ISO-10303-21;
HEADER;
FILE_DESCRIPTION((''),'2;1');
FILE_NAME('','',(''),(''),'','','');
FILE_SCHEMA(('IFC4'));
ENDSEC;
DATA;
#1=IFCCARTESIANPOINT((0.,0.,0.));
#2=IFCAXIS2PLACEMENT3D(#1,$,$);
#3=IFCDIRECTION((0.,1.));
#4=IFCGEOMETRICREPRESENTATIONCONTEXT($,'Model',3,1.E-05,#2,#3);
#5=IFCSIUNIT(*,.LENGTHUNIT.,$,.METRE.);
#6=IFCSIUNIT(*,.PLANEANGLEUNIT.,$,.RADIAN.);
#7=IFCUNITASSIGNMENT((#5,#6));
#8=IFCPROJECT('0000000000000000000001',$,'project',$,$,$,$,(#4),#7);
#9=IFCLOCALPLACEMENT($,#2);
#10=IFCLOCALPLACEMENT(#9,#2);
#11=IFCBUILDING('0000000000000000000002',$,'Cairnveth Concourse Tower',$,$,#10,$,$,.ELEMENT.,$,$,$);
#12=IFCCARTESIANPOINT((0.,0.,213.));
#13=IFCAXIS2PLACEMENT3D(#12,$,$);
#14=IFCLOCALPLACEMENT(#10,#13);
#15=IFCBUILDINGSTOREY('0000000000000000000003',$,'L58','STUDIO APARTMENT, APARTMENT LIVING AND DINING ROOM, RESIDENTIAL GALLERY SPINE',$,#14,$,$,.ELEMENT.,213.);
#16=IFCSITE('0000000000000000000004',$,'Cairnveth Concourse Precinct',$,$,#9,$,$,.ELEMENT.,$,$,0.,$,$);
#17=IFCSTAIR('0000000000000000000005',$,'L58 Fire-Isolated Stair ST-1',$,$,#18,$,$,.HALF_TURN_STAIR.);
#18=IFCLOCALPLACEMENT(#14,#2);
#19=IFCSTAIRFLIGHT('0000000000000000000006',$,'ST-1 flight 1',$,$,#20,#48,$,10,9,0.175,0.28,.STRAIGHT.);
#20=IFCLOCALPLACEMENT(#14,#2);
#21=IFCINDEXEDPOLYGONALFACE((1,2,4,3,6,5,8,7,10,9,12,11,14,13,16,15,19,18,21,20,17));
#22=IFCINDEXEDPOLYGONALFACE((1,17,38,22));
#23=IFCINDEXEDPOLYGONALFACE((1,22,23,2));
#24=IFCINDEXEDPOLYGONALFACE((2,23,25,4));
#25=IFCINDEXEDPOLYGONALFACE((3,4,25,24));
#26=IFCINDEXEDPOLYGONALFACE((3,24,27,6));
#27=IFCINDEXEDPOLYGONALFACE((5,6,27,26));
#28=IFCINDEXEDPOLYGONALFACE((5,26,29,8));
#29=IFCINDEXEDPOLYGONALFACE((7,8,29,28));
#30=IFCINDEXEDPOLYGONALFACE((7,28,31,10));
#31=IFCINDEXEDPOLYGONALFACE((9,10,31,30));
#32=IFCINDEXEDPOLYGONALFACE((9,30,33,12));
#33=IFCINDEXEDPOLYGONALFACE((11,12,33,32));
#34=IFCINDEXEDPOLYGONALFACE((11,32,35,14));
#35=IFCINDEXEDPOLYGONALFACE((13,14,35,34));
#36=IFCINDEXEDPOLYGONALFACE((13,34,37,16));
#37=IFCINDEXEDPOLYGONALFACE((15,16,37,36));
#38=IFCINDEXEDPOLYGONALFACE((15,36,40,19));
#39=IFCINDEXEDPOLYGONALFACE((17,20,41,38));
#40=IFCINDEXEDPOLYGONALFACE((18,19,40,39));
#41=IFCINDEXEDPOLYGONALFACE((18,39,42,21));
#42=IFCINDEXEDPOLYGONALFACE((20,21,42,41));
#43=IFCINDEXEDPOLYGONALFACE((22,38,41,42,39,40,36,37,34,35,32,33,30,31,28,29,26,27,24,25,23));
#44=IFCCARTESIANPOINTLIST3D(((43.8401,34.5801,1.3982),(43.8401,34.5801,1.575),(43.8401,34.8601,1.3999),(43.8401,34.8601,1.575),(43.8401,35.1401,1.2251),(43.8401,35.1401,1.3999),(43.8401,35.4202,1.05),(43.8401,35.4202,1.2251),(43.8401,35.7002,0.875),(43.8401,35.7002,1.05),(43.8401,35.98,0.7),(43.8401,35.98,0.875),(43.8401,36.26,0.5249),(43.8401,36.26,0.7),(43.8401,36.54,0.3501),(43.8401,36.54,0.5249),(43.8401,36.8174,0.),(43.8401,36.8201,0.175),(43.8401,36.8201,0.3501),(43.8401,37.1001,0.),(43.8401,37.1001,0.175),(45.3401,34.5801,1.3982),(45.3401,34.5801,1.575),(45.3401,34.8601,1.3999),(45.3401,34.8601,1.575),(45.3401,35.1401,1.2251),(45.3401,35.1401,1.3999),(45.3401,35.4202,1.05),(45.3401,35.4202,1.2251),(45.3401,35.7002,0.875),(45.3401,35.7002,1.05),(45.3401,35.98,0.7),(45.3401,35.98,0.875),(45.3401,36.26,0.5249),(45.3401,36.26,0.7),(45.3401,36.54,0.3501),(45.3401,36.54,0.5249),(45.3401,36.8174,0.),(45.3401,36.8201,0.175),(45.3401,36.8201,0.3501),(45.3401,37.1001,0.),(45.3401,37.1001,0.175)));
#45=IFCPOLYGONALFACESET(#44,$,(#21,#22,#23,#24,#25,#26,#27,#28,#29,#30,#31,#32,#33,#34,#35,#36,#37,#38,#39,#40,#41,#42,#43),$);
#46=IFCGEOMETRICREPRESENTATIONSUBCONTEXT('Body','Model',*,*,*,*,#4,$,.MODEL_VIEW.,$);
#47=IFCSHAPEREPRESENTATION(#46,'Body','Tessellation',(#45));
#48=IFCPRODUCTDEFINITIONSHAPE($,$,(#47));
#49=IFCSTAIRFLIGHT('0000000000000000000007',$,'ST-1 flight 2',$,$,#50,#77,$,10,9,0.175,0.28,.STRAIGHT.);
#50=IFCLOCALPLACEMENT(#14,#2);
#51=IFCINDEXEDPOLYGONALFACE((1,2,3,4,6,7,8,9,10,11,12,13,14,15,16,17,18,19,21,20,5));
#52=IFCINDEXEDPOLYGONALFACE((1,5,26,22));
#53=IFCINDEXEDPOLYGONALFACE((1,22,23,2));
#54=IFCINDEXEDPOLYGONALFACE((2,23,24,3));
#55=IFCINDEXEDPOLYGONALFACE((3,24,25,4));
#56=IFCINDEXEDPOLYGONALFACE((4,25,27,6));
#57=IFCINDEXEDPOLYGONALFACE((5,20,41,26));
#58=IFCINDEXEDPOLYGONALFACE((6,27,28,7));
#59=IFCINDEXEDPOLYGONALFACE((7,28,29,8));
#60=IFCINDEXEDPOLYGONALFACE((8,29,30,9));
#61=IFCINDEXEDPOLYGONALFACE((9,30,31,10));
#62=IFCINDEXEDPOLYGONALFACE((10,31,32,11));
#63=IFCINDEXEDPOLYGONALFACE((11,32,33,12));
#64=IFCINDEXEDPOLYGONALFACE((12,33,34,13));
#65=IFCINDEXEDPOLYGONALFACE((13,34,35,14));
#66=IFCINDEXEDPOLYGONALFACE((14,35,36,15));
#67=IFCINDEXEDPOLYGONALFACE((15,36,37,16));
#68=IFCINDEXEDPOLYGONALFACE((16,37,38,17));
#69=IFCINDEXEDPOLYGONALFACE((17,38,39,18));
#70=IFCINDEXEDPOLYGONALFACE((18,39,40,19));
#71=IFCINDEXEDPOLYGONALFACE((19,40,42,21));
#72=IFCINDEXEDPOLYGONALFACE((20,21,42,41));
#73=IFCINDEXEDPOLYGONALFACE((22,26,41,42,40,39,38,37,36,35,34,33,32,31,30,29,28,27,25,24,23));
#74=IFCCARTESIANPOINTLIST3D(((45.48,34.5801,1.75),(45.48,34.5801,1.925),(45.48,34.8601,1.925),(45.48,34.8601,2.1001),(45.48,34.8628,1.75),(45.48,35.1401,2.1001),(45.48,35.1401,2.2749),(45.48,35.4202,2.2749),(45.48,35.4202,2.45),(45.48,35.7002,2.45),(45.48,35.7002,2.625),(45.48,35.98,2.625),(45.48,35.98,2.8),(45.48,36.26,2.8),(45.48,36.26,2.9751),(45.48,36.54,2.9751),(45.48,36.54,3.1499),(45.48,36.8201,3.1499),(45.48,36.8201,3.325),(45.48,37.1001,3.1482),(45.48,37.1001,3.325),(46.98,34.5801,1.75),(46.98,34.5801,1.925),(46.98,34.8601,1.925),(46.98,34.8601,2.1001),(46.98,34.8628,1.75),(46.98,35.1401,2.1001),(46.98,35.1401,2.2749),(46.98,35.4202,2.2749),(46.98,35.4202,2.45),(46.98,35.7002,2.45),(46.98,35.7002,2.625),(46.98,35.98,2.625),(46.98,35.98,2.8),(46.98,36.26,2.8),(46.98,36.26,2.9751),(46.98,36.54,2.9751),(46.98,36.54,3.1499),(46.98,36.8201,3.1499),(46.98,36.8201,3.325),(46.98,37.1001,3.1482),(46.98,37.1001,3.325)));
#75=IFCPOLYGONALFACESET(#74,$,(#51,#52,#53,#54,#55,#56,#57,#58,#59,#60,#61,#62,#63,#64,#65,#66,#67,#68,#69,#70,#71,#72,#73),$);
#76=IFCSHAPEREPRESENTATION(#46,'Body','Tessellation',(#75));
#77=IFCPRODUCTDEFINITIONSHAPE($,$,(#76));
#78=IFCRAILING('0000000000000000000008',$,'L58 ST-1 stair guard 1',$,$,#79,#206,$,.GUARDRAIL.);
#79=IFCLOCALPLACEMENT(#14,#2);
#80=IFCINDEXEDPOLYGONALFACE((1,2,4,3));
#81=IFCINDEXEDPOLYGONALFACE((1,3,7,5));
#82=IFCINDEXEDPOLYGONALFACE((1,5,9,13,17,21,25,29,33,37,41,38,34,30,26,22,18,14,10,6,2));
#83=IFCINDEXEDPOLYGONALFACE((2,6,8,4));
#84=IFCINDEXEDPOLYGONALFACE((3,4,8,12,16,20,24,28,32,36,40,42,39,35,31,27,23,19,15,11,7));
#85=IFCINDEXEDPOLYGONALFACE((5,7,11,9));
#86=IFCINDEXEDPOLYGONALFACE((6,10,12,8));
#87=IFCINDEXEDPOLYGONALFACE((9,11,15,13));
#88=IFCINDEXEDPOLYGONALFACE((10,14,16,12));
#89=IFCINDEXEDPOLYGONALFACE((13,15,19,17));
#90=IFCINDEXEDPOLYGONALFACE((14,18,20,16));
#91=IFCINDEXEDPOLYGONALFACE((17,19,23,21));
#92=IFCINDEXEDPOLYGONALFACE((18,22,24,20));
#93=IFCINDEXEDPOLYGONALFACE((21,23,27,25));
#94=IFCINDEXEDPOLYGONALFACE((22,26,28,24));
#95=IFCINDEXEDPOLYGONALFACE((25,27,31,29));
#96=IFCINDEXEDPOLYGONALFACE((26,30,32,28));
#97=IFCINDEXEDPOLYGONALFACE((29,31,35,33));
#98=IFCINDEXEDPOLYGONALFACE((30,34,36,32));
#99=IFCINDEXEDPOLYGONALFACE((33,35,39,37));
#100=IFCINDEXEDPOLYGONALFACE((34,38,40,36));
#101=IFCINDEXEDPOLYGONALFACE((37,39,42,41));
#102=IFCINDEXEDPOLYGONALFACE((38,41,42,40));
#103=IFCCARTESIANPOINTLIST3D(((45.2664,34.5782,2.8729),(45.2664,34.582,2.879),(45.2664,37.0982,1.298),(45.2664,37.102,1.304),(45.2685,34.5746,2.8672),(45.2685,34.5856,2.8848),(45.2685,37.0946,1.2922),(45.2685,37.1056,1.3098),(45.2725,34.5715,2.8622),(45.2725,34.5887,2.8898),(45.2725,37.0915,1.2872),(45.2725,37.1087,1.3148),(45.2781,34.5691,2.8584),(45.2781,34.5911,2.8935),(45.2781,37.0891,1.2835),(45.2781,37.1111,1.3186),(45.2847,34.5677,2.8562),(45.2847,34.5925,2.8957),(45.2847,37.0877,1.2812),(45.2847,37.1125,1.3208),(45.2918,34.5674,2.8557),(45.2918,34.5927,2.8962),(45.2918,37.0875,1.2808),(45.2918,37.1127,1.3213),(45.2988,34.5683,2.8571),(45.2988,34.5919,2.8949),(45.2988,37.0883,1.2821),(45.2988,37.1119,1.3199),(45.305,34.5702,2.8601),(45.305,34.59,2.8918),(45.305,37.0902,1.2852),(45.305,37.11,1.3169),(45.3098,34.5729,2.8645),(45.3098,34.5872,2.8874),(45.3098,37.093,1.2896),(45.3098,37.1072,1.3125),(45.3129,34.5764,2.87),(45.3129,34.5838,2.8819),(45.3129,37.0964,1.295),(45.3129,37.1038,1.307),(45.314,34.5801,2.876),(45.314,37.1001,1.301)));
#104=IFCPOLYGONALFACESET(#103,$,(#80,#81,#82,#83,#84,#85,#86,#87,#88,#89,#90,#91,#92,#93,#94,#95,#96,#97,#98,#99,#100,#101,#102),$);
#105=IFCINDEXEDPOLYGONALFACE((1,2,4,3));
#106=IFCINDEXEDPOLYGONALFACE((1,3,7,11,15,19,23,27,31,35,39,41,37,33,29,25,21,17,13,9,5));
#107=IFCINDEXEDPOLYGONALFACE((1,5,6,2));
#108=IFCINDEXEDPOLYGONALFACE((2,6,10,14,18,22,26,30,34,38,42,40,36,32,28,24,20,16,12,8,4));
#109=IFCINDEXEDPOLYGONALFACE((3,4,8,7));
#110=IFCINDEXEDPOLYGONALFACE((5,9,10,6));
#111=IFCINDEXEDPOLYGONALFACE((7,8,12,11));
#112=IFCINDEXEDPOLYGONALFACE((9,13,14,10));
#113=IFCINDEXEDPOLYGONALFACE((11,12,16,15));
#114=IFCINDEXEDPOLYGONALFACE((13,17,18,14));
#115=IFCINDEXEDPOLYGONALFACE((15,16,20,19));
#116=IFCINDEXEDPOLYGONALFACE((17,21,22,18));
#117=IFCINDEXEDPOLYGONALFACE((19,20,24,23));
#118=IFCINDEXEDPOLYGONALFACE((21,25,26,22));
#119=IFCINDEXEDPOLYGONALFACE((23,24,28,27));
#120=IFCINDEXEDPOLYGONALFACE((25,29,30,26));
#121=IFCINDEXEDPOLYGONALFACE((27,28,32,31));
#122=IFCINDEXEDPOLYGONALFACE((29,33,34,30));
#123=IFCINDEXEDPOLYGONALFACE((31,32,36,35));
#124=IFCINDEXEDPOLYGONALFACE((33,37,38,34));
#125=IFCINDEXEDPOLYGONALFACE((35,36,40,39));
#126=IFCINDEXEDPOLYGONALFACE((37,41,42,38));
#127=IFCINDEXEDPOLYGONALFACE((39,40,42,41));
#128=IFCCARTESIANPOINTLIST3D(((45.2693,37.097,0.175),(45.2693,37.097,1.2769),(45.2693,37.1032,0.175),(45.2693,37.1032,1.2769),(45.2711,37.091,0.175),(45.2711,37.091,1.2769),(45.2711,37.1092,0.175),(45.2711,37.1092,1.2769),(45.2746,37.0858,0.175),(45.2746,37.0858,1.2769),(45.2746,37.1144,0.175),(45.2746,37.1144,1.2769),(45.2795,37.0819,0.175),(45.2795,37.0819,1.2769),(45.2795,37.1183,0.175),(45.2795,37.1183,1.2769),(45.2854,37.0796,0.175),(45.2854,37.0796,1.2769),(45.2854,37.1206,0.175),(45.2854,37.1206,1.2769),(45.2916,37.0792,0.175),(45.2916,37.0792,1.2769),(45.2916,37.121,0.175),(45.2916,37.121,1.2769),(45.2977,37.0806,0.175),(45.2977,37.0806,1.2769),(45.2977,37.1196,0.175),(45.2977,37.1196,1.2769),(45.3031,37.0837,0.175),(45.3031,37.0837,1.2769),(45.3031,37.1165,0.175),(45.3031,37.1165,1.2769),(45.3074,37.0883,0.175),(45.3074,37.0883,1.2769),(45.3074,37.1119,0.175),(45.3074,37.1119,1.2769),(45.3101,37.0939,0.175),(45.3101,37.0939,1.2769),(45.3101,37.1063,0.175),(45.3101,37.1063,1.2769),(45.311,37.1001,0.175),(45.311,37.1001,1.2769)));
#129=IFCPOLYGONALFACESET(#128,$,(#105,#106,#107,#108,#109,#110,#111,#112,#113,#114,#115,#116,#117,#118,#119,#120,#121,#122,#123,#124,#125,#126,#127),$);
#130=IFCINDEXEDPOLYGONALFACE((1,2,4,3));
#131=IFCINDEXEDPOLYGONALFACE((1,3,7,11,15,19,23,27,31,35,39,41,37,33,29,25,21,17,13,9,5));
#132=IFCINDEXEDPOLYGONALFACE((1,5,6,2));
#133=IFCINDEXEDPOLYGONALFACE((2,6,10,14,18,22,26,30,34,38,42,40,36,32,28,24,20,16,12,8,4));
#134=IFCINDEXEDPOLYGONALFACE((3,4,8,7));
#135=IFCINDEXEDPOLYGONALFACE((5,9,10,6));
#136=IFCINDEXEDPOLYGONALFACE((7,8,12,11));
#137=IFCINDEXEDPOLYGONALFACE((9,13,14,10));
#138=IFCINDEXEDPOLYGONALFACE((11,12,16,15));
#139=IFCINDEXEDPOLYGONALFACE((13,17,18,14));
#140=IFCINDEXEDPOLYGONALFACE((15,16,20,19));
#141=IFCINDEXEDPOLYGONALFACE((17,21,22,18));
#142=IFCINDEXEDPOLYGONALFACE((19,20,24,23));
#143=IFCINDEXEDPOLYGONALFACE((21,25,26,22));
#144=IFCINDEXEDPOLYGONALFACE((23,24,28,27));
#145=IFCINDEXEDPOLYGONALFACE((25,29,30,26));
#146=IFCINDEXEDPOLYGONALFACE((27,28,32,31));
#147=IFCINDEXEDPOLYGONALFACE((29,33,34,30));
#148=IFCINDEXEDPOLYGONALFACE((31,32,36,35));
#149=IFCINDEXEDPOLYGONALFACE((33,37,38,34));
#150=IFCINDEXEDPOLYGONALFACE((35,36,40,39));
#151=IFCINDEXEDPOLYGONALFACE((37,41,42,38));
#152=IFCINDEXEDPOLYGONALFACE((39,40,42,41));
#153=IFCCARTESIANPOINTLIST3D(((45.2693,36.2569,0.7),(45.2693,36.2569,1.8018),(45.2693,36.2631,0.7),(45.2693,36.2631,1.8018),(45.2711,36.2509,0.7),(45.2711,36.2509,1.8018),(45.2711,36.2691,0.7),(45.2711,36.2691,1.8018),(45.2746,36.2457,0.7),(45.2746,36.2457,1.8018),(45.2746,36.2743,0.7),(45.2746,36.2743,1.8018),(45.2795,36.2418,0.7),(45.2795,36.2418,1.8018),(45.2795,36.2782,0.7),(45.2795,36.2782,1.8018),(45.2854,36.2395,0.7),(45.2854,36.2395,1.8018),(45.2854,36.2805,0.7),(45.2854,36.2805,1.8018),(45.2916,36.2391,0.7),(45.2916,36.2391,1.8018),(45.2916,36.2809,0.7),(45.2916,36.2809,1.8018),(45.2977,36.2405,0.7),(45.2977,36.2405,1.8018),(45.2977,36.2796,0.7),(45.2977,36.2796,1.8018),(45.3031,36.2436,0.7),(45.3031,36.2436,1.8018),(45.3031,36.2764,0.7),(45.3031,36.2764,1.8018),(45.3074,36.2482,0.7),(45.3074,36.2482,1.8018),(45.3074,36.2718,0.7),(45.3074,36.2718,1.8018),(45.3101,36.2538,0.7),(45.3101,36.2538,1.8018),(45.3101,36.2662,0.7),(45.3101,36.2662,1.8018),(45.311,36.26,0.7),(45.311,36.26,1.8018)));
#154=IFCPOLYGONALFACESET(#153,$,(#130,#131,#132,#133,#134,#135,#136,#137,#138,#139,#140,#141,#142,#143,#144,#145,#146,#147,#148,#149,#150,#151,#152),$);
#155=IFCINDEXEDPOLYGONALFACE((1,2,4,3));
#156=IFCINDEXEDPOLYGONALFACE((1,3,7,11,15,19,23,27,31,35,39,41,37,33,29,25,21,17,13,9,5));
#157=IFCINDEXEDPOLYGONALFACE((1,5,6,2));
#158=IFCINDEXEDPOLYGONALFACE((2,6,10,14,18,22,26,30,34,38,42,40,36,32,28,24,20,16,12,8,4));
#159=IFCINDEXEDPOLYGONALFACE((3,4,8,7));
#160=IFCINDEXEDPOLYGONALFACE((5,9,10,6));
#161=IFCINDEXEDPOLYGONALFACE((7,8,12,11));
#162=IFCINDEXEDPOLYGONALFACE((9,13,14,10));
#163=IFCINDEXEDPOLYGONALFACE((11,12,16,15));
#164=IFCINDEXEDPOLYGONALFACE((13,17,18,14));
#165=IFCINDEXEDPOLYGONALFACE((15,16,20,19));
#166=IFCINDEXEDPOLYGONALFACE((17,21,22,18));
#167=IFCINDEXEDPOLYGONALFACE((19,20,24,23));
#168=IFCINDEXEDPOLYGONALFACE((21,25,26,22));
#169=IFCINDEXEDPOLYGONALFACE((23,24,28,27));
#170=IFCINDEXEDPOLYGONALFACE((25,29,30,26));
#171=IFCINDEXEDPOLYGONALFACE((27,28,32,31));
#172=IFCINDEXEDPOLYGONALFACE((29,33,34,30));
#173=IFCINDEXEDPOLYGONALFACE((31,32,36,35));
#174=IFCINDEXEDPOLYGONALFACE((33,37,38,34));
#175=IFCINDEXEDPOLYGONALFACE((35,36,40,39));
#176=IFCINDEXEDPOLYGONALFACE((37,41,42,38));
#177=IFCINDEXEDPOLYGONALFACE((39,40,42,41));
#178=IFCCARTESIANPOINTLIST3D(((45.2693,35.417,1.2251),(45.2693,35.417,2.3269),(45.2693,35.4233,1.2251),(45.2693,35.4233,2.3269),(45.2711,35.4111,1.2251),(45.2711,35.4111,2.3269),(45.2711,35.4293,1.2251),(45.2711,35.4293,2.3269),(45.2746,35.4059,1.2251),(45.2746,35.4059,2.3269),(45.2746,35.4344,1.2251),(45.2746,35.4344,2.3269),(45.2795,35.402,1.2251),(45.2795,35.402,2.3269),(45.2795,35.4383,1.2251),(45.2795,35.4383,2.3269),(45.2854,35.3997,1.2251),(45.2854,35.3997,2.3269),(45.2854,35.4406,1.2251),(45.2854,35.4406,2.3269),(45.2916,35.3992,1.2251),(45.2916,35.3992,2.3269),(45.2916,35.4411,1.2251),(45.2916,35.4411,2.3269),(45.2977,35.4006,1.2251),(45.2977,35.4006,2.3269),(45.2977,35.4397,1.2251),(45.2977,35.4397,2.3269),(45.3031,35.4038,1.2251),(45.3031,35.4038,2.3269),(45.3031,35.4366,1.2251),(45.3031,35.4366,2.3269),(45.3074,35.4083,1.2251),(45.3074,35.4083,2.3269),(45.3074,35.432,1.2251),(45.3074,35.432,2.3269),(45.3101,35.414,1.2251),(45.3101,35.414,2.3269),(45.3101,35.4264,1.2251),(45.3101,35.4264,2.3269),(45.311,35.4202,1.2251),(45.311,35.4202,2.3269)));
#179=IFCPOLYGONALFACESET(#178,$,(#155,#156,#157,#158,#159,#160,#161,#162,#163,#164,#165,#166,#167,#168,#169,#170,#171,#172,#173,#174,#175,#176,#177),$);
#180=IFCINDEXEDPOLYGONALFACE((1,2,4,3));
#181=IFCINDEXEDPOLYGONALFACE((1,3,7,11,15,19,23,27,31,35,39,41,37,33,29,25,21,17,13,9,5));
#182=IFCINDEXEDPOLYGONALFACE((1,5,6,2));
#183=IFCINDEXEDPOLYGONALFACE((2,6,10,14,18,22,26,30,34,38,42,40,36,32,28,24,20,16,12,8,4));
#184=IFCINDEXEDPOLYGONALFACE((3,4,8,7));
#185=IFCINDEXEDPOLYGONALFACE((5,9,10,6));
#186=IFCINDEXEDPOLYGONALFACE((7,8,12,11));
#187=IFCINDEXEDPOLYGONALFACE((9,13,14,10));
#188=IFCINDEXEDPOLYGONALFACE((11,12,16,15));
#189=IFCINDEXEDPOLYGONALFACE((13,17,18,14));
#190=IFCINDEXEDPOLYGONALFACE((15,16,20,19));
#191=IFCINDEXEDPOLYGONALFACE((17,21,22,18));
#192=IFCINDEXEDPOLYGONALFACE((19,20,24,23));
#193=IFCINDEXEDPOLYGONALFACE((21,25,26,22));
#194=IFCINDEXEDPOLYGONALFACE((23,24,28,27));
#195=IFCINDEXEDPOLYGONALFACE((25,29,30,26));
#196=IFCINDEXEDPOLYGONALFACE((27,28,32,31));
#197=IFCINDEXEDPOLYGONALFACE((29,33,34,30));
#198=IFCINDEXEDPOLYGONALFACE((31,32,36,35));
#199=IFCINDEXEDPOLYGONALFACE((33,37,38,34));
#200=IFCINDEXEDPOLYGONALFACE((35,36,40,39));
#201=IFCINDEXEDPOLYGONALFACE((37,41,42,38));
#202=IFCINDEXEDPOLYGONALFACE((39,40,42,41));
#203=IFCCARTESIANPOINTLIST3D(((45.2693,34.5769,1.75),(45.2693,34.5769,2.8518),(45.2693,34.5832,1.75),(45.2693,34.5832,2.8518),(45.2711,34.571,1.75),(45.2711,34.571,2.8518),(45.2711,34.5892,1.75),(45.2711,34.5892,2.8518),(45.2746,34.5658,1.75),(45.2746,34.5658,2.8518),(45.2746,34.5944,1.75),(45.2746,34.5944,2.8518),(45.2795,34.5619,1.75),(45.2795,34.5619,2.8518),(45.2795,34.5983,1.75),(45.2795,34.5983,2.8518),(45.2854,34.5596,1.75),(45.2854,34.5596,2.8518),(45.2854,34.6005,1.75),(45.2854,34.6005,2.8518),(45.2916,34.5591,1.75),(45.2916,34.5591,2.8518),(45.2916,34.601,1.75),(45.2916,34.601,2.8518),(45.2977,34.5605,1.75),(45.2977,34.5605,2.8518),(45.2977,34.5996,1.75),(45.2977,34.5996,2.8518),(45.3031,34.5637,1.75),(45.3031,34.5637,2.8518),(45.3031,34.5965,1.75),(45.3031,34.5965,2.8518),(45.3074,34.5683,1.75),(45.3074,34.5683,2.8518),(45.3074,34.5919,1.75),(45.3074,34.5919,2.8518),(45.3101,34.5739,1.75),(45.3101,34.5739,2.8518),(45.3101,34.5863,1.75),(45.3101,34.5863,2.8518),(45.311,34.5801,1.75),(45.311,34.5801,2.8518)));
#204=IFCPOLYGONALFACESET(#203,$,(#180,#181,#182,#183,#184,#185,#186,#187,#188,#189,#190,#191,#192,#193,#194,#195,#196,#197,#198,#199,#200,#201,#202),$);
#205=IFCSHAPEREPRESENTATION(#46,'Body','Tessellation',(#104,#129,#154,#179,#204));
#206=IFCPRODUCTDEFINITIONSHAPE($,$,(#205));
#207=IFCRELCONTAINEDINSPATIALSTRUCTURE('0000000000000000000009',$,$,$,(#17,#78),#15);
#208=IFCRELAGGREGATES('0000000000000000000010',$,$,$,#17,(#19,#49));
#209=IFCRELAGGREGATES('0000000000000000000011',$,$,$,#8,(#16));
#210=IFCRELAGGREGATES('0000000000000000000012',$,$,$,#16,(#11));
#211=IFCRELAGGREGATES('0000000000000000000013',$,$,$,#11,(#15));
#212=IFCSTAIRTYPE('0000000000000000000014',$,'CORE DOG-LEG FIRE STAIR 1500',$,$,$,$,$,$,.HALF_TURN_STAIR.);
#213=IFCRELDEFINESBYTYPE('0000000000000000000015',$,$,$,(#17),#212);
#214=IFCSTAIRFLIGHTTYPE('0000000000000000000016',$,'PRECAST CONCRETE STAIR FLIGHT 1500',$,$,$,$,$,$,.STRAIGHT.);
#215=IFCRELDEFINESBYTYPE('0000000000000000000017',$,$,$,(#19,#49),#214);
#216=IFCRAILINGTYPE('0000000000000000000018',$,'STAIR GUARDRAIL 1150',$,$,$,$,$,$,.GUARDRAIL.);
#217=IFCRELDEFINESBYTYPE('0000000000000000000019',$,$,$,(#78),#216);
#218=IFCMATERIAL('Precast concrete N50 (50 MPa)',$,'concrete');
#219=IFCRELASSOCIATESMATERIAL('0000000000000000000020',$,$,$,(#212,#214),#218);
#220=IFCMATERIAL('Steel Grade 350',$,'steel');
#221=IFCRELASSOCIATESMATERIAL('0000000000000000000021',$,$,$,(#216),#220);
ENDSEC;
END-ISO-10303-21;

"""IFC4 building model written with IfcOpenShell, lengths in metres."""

from ifc_helpers import new_model, si_unit, direction, frame, origin, origin_2d, place, context, subcontext, project, spatial, polyline, circle, outline, extrude, material, type_object, element, aggregate, save


model = new_model("IFC4")

# Units and contexts
model_context = context("Model", 3, precision=1e-05, world=origin(), true_north=direction((0.0, 1.0)))
body_context = subcontext(model_context, "Body", "Model", "MODEL_VIEW")
ifc_project = project(units=[si_unit("LENGTHUNIT", "METRE"), si_unit("PLANEANGLEUNIT", "RADIAN")], contexts=[model_context])

# Site, building, storey
site_placement = place(None, origin())
site = spatial("IfcSite", under=ifc_project, at=site_placement, Name="Cairnveth Concourse Precinct", CompositionType="ELEMENT", RefElevation=0.0)
building_placement = place(site_placement, origin())
building = spatial("IfcBuilding", under=site, at=building_placement, Name="Cairnveth Concourse Tower", CompositionType="ELEMENT")
storey_placement = place(building_placement, frame((0.0, 0.0, 213.0)))
storey = spatial("IfcBuildingStorey", under=building, at=storey_placement, Name="L58", Description="STUDIO APARTMENT, APARTMENT LIVING AND DINING ROOM, RESIDENTIAL GALLERY SPINE", CompositionType="ELEMENT", Elevation=213.0)

# Stair, stair flights
ifc_material_1 = material(Name="Precast concrete N50 (50 MPa)", Category="concrete")
stair_type = type_object("IfcStairType", Name="CORE DOG-LEG FIRE STAIR 1500", PredefinedType="HALF_TURN_STAIR", material=ifc_material_1)
stair_placement = place(storey_placement, origin())
stair = element("IfcStair", 1, at=stair_placement, inside=storey, type_object=stair_type, Name="L58 Fire-Isolated Stair ST-1", PredefinedType="HALF_TURN_STAIR")
stair_flight_type = type_object("IfcStairFlightType", Name="PRECAST CONCRETE STAIR FLIGHT 1500", PredefinedType="STRAIGHT", material=ifc_material_1)
stair_flight_1_placement = place(storey_placement, frame((44.5901, 37.1001, 0.0), z_axis=(0.0, 0.0, 1.0), x_axis=(0.0, -1.0, 0.0)))
stair_flight_1 = element("IfcStairFlight", 2, at=stair_flight_1_placement, type_object=stair_flight_type, Name="ST-1 flight 1", NumberOfRisers=10, NumberOfTreads=9, PredefinedType="STRAIGHT", RiserHeight=0.175, TreadLength=0.28, context=body_context, shape_type="SweptSolid", body=[
    extrude(outline(polyline([(0.0, 0.0), (0.0, 0.175), (0.28, 0.175), (0.28, 0.3501), (0.5601, 0.3501), (0.5601, 0.5249), (0.8401, 0.5249), (0.8401, 0.7), (1.1201, 0.7), (1.1201, 0.875), (1.3999, 0.875), (1.3999, 1.05), (1.6799, 1.05), (1.6799, 1.2251), (1.96, 1.2251), (1.96, 1.3999), (2.24, 1.3999), (2.24, 1.575), (2.52, 1.575), (2.52, 1.75), (2.52, 1.3982), (0.2827, 0.0), (0.0, 0.0)])), frame((0.0, 0.75, 0.0), z_axis=(0.0, -1.0, 0.0), x_axis=(1.0, 0.0, 0.0)), (0.0, 0.0, 1.0), 1.5),
])
stair_flight_2_placement = place(storey_placement, frame((46.23, 34.5801, 1.75), z_axis=(0.0, 0.0, 1.0), x_axis=(0.0, 1.0, 0.0)))
stair_flight_2 = element("IfcStairFlight", 3, at=stair_flight_2_placement, type_object=stair_flight_type, Name="ST-1 flight 2", NumberOfRisers=10, NumberOfTreads=9, PredefinedType="STRAIGHT", RiserHeight=0.175, TreadLength=0.28, context=body_context, shape_type="SweptSolid", body=[
    extrude(outline(polyline([(0.0, 0.0), (0.0, 0.175), (0.28, 0.175), (0.28, 0.3501), (0.5601, 0.3501), (0.5601, 0.5249), (0.8401, 0.5249), (0.8401, 0.7), (1.1201, 0.7), (1.1201, 0.875), (1.3999, 0.875), (1.3999, 1.05), (1.6799, 1.05), (1.6799, 1.2251), (1.96, 1.2251), (1.96, 1.3999), (2.24, 1.3999), (2.24, 1.575), (2.52, 1.575), (2.52, 1.75), (2.52, 1.3982), (0.2827, 0.0), (0.0, 0.0)])), frame((0.0, 0.75, 0.0), z_axis=(0.0, -1.0, 0.0), x_axis=(1.0, 0.0, 0.0)), (0.0, 0.0, 1.0), 1.5),
])
aggregate(stair, [stair_flight_1, stair_flight_2])

# Railing
ifc_material_2 = material(Name="Steel Grade 350", Category="steel")
railing_type_1 = type_object("IfcRailingType", Name="STAIR GUARDRAIL 1150", PredefinedType="GUARDRAIL", material=ifc_material_2)
railing_1_placement = place(storey_placement, frame((45.29, 37.1001, 0.175)))
element("IfcRailing", 4, at=railing_1_placement, inside=storey, type_object=railing_type_1, Name="L58 ST-1 stair guard 1", PredefinedType="GUARDRAIL", context=body_context, shape_type="SweptSolid", body=[
    extrude(circle(Radius=0.0239, at=origin_2d()), frame((0.0, 0.0, 1.126), z_axis=(0.0, -0.848008, 0.529984), x_axis=(1.0, 0.0, 0.0)), (0.0, 0.0, 1.0), 2.9717),
    extrude(circle(Radius=0.021, at=origin_2d()), origin(), (0.0, 0.0, 1.0), 1.1018),
    extrude(circle(Radius=0.021, at=origin_2d()), frame((0.0, -0.8401, 0.5249)), (0.0, 0.0, 1.0), 1.1018),
    extrude(circle(Radius=0.021, at=origin_2d()), frame((0.0, -1.6799, 1.05)), (0.0, 0.0, 1.0), 1.1018),
    extrude(circle(Radius=0.021, at=origin_2d()), frame((0.0, -2.52, 1.575)), (0.0, 0.0, 1.0), 1.1018),
])

save(model, "model.ifc")
